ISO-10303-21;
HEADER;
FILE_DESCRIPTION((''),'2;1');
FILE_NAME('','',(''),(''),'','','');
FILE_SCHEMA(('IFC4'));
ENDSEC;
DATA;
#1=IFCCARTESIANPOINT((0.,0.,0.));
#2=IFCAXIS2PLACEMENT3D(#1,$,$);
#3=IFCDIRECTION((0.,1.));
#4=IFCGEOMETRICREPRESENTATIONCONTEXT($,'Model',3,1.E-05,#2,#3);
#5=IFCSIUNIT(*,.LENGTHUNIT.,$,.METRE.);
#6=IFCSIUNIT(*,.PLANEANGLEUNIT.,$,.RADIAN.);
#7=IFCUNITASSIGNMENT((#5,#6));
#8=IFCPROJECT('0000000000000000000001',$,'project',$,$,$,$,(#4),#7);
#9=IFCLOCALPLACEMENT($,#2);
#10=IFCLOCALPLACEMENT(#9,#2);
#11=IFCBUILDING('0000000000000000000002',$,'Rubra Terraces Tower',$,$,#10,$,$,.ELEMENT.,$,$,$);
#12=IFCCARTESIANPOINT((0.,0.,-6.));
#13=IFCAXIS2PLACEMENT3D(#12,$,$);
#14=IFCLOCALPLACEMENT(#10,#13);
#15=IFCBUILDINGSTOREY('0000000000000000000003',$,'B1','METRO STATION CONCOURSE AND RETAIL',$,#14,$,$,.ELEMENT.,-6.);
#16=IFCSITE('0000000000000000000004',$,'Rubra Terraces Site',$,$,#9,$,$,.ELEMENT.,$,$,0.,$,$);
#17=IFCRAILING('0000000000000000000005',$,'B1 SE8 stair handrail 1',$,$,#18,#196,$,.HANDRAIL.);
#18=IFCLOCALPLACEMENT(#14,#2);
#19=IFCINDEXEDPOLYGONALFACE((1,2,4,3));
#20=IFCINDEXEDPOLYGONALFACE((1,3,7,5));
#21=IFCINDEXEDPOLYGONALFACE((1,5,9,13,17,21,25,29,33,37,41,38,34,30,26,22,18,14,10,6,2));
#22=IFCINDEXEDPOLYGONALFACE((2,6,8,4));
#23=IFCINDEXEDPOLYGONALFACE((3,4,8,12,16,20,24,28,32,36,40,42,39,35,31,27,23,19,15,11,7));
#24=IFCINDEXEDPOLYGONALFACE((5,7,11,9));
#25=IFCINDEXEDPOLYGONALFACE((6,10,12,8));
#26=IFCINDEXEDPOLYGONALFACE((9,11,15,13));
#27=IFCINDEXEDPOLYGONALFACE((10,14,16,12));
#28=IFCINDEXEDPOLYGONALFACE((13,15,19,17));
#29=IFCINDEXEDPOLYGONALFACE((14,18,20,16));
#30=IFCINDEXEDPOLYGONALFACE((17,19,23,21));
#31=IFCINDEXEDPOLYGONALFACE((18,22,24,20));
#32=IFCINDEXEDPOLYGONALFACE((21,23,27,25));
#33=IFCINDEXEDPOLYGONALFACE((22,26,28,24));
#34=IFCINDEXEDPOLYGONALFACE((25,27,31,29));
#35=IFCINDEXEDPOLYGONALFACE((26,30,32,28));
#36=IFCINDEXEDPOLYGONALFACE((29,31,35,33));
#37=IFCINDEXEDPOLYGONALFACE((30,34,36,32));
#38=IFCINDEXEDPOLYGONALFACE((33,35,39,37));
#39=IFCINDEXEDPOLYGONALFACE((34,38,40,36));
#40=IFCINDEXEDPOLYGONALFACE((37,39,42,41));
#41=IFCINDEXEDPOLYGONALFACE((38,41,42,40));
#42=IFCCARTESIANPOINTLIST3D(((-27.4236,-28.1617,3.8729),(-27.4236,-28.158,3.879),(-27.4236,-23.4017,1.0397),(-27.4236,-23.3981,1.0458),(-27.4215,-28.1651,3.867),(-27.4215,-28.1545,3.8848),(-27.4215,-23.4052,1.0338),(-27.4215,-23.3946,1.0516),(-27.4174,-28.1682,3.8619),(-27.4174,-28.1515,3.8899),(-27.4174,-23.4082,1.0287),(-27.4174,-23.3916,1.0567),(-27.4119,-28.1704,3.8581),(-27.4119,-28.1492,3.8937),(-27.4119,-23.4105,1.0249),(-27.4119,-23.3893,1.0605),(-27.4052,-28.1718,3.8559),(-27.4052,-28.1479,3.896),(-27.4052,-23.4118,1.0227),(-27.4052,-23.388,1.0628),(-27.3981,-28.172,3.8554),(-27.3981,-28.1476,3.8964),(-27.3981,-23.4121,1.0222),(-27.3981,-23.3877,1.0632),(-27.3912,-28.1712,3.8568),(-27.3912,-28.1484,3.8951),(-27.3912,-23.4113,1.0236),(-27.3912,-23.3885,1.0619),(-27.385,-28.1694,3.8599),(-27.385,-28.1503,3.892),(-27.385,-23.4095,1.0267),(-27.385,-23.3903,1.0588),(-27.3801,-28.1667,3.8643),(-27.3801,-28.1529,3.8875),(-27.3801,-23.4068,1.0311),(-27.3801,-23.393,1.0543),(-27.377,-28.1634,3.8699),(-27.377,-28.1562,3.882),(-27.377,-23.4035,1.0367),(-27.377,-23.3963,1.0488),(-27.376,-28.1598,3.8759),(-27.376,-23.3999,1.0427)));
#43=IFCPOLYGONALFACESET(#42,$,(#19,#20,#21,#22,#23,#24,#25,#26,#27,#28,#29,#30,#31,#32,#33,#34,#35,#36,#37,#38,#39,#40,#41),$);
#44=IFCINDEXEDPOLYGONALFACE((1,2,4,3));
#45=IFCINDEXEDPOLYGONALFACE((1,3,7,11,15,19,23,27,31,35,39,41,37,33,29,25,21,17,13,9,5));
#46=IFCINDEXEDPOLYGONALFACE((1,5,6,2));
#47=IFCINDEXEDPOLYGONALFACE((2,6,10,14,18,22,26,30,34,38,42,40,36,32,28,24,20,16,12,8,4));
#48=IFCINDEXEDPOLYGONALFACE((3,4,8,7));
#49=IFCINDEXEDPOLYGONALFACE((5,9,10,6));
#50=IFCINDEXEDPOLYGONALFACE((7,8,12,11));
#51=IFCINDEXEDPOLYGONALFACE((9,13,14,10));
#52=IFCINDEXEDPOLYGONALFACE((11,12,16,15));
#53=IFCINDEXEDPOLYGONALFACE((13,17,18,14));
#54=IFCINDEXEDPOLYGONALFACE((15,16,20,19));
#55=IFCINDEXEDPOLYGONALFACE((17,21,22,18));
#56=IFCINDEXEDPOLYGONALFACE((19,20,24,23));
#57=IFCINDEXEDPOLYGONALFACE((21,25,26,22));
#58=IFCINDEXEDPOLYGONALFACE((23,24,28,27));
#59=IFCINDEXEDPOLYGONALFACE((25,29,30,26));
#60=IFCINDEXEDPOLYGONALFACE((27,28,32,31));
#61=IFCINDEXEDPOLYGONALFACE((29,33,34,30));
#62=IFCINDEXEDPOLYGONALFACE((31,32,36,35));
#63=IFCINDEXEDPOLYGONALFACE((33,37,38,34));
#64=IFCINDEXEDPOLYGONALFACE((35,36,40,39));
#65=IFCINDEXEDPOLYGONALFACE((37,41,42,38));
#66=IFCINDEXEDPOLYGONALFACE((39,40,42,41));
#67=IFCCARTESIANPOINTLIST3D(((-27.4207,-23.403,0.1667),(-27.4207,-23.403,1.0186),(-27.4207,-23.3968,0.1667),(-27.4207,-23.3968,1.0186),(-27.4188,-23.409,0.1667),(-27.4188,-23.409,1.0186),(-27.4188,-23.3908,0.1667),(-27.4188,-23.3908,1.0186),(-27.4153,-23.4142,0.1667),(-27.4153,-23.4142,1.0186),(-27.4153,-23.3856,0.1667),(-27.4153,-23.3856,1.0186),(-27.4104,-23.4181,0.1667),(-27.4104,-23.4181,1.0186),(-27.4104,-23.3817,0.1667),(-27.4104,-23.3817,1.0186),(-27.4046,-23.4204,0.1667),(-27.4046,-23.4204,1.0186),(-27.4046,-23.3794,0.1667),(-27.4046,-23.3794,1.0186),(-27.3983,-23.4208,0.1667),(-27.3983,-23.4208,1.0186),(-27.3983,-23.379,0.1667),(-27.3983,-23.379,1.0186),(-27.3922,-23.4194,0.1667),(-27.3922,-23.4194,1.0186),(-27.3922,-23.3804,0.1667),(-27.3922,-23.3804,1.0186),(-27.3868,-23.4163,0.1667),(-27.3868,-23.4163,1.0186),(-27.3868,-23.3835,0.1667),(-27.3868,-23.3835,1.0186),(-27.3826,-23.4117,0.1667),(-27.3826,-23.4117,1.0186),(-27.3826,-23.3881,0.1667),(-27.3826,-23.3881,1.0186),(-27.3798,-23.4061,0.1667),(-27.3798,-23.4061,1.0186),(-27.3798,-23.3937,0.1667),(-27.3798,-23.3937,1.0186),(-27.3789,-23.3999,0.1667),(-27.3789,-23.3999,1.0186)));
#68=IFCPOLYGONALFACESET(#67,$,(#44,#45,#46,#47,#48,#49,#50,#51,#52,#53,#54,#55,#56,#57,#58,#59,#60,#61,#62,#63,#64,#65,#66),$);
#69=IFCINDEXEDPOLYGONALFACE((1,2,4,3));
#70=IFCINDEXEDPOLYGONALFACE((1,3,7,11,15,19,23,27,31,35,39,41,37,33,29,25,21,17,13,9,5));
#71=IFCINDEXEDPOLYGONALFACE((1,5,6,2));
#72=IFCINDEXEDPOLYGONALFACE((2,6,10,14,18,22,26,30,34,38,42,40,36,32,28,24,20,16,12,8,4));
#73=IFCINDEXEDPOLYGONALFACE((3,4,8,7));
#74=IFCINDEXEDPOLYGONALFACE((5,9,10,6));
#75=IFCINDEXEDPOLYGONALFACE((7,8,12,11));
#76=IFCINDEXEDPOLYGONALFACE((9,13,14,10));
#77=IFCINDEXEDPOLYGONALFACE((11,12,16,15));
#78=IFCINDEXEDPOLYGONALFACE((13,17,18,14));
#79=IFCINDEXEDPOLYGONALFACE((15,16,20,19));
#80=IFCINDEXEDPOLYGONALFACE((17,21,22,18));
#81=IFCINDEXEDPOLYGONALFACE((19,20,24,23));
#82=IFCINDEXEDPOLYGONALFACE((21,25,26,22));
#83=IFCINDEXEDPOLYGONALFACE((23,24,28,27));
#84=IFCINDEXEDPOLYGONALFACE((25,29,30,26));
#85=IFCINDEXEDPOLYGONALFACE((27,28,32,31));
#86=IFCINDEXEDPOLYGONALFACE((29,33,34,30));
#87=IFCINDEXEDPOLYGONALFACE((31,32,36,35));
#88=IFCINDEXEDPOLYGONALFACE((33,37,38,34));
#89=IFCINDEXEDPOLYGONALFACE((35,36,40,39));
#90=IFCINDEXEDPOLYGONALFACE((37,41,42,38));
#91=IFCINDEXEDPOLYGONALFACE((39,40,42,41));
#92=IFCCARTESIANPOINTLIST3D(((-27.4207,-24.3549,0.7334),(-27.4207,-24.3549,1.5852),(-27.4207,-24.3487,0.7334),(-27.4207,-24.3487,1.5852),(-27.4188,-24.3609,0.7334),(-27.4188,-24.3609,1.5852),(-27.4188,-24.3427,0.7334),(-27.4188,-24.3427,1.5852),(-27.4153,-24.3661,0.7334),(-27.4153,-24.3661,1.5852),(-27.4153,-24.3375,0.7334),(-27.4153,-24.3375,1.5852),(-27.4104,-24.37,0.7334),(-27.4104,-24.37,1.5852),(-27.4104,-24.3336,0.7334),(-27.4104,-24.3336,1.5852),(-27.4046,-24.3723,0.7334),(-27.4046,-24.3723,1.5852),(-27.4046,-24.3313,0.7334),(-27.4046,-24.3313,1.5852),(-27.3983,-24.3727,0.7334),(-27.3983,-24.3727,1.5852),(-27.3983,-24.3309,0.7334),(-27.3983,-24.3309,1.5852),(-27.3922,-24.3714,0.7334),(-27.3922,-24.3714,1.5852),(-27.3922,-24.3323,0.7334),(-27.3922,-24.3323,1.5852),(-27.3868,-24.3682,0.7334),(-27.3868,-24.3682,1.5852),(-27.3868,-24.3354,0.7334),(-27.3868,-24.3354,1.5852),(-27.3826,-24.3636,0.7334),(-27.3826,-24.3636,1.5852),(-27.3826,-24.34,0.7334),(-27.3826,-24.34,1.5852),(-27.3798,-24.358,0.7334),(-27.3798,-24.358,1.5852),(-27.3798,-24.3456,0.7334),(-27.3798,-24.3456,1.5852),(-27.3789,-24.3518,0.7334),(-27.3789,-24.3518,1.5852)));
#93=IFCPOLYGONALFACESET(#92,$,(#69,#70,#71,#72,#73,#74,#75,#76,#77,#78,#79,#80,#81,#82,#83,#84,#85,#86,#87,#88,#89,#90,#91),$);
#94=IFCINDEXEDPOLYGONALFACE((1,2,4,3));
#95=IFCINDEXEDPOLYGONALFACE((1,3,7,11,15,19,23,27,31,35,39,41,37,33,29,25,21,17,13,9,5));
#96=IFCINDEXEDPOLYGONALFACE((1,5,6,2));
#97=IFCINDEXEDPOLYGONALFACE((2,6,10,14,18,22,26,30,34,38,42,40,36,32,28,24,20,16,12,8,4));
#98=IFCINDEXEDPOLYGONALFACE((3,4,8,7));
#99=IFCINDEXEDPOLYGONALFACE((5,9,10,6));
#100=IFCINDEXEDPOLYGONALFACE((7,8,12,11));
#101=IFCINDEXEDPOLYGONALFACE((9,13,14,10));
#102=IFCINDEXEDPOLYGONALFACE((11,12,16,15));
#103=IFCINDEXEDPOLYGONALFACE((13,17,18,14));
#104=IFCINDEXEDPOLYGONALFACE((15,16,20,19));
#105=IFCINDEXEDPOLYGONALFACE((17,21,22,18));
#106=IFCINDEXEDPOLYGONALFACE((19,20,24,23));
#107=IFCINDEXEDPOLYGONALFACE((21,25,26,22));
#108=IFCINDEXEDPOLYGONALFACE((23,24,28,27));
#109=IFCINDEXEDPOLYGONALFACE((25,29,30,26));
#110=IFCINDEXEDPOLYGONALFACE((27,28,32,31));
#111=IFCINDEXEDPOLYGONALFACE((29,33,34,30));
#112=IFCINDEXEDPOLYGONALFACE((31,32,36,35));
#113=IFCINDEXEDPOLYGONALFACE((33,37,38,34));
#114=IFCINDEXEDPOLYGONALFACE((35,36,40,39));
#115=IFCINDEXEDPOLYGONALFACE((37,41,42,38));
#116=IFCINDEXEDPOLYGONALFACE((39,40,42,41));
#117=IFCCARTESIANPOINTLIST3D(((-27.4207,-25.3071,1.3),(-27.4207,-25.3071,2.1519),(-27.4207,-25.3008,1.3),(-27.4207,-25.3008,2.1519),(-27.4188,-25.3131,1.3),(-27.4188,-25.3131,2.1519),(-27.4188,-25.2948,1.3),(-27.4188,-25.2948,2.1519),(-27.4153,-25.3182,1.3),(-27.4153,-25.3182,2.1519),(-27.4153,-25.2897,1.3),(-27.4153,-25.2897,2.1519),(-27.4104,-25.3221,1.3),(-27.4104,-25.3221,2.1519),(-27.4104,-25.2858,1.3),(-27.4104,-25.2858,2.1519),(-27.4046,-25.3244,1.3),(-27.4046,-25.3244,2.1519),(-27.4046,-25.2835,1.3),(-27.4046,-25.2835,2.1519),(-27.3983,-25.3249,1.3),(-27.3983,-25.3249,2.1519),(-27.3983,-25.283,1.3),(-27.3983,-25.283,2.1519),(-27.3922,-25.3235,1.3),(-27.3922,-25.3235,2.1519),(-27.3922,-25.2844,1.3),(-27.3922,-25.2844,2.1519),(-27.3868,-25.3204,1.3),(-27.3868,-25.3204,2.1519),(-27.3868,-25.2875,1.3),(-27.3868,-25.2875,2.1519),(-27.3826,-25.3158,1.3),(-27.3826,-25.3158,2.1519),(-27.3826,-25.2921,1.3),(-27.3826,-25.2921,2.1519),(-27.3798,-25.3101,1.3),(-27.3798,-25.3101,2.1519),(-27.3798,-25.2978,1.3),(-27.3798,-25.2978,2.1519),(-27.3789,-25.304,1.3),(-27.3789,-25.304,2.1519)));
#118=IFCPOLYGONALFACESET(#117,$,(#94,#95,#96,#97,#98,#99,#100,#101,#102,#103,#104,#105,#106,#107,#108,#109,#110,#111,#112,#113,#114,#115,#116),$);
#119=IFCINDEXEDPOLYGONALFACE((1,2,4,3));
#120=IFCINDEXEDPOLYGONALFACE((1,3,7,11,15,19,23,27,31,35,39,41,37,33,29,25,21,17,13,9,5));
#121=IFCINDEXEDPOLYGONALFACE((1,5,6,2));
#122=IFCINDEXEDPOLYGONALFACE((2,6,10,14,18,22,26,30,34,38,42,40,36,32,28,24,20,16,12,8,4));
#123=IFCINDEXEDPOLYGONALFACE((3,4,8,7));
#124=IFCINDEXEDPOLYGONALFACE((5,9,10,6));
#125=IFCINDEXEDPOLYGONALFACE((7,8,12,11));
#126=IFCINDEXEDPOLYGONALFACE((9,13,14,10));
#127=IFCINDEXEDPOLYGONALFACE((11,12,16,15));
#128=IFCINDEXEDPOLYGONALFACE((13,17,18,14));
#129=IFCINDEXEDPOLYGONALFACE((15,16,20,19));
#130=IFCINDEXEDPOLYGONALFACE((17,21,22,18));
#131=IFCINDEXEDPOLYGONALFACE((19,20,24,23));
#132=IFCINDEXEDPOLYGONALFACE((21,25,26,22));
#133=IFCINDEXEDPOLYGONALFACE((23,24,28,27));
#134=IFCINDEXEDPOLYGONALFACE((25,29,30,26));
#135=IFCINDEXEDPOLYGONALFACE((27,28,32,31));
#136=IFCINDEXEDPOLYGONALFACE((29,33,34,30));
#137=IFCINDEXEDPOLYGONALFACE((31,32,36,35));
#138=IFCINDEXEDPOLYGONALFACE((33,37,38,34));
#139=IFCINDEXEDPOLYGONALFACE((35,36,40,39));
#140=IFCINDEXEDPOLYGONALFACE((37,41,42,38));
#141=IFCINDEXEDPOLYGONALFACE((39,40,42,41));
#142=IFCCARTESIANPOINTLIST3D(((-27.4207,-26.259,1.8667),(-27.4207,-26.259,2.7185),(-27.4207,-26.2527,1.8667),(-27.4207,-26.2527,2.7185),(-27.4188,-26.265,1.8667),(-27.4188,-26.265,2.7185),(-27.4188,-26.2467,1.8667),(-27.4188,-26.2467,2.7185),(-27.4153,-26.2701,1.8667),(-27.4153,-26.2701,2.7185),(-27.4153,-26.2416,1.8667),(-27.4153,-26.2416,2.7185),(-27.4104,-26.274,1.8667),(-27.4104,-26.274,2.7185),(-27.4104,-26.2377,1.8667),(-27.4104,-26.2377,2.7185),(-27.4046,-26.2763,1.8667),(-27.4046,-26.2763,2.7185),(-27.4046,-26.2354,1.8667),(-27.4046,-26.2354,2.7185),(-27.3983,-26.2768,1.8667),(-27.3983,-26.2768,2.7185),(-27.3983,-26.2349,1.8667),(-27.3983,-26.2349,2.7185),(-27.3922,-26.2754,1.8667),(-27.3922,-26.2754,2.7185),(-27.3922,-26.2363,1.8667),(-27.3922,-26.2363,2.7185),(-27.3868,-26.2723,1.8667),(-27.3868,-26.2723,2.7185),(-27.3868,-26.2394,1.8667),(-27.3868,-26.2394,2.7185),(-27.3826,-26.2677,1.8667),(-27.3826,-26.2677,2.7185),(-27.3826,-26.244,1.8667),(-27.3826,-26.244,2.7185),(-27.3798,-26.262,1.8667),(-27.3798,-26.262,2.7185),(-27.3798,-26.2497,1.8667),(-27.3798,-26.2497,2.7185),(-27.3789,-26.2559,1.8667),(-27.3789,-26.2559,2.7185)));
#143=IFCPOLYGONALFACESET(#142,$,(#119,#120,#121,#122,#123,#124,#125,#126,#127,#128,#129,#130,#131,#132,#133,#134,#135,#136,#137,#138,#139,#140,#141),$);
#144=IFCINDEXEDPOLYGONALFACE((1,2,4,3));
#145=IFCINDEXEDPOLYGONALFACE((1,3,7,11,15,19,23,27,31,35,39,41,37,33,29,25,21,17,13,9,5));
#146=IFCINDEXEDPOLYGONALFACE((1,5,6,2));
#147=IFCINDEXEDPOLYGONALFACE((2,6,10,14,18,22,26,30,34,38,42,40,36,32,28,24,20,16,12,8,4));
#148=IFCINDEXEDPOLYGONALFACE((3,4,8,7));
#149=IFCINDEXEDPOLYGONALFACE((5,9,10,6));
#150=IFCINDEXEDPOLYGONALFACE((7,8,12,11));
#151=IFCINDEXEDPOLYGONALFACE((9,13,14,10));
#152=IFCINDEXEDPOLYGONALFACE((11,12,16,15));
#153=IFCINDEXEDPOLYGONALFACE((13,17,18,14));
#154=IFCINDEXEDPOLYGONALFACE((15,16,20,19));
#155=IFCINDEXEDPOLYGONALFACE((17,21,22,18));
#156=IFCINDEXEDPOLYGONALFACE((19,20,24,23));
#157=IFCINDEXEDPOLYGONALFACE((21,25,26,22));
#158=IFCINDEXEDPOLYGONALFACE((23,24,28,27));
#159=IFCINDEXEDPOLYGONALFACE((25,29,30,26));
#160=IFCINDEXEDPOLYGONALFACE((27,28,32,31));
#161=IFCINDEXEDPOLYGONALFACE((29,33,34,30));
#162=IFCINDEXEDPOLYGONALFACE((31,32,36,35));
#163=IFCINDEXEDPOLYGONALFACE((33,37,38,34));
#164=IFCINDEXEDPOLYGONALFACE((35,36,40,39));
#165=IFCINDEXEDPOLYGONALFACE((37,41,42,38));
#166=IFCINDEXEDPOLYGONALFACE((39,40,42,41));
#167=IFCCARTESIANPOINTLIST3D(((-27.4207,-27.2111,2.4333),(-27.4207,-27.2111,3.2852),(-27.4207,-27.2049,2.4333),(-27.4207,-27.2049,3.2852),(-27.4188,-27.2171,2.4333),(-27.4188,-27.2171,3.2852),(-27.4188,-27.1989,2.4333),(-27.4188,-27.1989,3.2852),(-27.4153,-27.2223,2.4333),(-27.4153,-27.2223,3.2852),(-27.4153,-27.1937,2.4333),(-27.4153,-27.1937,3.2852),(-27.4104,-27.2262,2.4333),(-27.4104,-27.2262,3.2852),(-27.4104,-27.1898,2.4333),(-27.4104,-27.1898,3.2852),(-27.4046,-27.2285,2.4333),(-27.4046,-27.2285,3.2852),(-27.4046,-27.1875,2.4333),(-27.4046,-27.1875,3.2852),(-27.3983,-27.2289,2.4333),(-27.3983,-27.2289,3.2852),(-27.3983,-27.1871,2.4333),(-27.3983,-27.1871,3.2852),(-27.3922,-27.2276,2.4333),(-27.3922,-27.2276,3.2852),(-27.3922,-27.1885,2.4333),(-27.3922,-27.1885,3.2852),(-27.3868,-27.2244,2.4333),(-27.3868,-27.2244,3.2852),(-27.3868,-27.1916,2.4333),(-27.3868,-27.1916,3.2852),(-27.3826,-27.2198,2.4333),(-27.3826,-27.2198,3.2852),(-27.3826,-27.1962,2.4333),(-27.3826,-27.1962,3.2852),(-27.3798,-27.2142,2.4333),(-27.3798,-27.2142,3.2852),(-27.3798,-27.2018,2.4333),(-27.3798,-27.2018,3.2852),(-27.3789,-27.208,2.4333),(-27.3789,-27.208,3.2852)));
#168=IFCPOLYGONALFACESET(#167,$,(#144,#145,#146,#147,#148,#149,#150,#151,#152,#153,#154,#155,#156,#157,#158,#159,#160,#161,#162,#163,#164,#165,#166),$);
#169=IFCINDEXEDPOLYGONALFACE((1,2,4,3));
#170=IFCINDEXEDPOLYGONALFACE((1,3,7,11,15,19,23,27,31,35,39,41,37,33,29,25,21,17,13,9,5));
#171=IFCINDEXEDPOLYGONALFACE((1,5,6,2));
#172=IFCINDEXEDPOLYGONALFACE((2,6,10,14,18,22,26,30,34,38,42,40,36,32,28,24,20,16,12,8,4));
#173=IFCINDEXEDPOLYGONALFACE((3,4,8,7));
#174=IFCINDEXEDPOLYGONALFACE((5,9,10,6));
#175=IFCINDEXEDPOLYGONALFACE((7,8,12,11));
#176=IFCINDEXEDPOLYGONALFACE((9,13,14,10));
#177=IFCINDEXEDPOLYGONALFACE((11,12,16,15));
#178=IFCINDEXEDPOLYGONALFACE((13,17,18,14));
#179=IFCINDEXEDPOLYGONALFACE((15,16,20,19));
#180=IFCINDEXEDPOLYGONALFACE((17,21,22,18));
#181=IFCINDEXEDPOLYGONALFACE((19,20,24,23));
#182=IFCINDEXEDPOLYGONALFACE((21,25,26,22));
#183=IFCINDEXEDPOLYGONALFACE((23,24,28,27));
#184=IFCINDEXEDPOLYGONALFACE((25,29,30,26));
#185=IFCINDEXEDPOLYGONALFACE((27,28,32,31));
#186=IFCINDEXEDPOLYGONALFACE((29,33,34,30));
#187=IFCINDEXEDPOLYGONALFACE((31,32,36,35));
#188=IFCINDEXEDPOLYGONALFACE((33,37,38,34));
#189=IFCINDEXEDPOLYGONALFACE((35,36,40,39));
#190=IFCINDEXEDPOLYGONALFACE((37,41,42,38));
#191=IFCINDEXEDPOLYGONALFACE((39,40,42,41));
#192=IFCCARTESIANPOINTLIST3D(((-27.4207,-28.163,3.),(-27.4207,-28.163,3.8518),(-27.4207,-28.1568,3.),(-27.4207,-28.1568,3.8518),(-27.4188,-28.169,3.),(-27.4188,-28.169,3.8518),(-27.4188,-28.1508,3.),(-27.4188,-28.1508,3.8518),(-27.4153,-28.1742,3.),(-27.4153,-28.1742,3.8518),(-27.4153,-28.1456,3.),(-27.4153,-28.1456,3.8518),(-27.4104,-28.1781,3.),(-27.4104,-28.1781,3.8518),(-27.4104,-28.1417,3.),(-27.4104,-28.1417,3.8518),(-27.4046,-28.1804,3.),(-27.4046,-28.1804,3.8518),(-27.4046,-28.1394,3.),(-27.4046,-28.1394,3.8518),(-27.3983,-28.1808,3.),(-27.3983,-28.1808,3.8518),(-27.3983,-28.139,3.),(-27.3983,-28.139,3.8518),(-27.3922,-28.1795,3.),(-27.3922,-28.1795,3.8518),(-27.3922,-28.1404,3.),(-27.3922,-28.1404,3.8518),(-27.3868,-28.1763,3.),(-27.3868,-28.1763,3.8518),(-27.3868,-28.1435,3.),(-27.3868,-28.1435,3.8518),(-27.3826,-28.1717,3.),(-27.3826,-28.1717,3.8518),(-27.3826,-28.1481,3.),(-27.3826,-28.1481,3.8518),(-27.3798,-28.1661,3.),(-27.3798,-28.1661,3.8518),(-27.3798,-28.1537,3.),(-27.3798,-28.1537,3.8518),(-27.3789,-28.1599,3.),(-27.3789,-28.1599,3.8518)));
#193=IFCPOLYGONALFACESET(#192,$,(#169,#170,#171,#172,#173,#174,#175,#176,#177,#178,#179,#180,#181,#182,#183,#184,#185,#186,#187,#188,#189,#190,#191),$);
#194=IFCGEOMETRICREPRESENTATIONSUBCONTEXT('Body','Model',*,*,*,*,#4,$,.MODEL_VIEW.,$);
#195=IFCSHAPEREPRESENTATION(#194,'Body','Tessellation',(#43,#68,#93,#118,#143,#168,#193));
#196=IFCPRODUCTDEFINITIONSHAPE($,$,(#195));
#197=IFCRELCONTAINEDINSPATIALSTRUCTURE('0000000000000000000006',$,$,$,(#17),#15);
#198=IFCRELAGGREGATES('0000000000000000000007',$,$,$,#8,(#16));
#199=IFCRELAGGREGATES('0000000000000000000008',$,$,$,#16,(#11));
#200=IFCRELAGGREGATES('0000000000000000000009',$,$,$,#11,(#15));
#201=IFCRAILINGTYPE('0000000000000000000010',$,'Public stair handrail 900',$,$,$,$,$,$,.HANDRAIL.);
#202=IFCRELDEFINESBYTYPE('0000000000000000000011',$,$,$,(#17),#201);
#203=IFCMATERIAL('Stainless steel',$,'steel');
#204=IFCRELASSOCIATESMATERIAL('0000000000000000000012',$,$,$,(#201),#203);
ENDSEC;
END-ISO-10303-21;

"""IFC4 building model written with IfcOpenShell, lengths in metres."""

from ifc_helpers import new_model, si_unit, direction, frame, origin, origin_2d, place, context, subcontext, project, spatial, circle, extrude, material, type_object, element, save


model = new_model("IFC4")

# Units and contexts
model_context = context("Model", 3, precision=1e-05, world=origin(), true_north=direction((0.0, 1.0)))
body_context = subcontext(model_context, "Body", "Model", "MODEL_VIEW")
ifc_project = project(units=[si_unit("LENGTHUNIT", "METRE"), si_unit("PLANEANGLEUNIT", "RADIAN")], contexts=[model_context])

# Site, building, storey
site_placement = place(None, origin())
site = spatial("IfcSite", under=ifc_project, at=site_placement, Name="Rubra Terraces Site", CompositionType="ELEMENT", RefElevation=0.0)
building_placement = place(site_placement, origin())
building = spatial("IfcBuilding", under=site, at=building_placement, Name="Rubra Terraces Tower", CompositionType="ELEMENT")
storey_placement = place(building_placement, frame((0.0, 0.0, -6.0)))
storey = spatial("IfcBuildingStorey", under=building, at=storey_placement, Name="B1", Description="METRO STATION CONCOURSE AND RETAIL", CompositionType="ELEMENT", Elevation=-6.0)

# Railing
ifc_material_1 = material(Name="Stainless steel", Category="steel")
railing_type_1 = type_object("IfcRailingType", Name="Public stair handrail 900", PredefinedType="HANDRAIL", material=ifc_material_1)
railing_1_placement = place(storey_placement, frame((-27.3999, -23.3999, 0.1667)))
element("IfcRailing", 1, at=railing_1_placement, inside=storey, type_object=railing_type_1, Name="B1 SE8 stair handrail 1", PredefinedType="HANDRAIL", context=body_context, shape_type="SweptSolid", body=[
    extrude(circle(Radius=0.0239, at=origin_2d()), frame((0.0, 0.0, 0.876), z_axis=(0.0, -0.8593, 0.511472), x_axis=(1.0, 0.0, 0.0)), (0.0, 0.0, 1.0), 5.5393),
    extrude(circle(Radius=0.021, at=origin_2d()), origin(), (0.0, 0.0, 1.0), 0.8518),
    extrude(circle(Radius=0.021, at=origin_2d()), frame((0.0, -0.9519, 0.5667)), (0.0, 0.0, 1.0), 0.8518),
    extrude(circle(Radius=0.021, at=origin_2d()), frame((0.0, -1.9041, 1.1333)), (0.0, 0.0, 1.0), 0.8518),
    extrude(circle(Radius=0.021, at=origin_2d()), frame((0.0, -2.856, 1.7)), (0.0, 0.0, 1.0), 0.8518),
    extrude(circle(Radius=0.021, at=origin_2d()), frame((0.0, -3.8081, 2.2666)), (0.0, 0.0, 1.0), 0.8518),
    extrude(circle(Radius=0.021, at=origin_2d()), frame((0.0, -4.76, 2.8333)), (0.0, 0.0, 1.0), 0.8518),
])

save(model, "model.ifc")
